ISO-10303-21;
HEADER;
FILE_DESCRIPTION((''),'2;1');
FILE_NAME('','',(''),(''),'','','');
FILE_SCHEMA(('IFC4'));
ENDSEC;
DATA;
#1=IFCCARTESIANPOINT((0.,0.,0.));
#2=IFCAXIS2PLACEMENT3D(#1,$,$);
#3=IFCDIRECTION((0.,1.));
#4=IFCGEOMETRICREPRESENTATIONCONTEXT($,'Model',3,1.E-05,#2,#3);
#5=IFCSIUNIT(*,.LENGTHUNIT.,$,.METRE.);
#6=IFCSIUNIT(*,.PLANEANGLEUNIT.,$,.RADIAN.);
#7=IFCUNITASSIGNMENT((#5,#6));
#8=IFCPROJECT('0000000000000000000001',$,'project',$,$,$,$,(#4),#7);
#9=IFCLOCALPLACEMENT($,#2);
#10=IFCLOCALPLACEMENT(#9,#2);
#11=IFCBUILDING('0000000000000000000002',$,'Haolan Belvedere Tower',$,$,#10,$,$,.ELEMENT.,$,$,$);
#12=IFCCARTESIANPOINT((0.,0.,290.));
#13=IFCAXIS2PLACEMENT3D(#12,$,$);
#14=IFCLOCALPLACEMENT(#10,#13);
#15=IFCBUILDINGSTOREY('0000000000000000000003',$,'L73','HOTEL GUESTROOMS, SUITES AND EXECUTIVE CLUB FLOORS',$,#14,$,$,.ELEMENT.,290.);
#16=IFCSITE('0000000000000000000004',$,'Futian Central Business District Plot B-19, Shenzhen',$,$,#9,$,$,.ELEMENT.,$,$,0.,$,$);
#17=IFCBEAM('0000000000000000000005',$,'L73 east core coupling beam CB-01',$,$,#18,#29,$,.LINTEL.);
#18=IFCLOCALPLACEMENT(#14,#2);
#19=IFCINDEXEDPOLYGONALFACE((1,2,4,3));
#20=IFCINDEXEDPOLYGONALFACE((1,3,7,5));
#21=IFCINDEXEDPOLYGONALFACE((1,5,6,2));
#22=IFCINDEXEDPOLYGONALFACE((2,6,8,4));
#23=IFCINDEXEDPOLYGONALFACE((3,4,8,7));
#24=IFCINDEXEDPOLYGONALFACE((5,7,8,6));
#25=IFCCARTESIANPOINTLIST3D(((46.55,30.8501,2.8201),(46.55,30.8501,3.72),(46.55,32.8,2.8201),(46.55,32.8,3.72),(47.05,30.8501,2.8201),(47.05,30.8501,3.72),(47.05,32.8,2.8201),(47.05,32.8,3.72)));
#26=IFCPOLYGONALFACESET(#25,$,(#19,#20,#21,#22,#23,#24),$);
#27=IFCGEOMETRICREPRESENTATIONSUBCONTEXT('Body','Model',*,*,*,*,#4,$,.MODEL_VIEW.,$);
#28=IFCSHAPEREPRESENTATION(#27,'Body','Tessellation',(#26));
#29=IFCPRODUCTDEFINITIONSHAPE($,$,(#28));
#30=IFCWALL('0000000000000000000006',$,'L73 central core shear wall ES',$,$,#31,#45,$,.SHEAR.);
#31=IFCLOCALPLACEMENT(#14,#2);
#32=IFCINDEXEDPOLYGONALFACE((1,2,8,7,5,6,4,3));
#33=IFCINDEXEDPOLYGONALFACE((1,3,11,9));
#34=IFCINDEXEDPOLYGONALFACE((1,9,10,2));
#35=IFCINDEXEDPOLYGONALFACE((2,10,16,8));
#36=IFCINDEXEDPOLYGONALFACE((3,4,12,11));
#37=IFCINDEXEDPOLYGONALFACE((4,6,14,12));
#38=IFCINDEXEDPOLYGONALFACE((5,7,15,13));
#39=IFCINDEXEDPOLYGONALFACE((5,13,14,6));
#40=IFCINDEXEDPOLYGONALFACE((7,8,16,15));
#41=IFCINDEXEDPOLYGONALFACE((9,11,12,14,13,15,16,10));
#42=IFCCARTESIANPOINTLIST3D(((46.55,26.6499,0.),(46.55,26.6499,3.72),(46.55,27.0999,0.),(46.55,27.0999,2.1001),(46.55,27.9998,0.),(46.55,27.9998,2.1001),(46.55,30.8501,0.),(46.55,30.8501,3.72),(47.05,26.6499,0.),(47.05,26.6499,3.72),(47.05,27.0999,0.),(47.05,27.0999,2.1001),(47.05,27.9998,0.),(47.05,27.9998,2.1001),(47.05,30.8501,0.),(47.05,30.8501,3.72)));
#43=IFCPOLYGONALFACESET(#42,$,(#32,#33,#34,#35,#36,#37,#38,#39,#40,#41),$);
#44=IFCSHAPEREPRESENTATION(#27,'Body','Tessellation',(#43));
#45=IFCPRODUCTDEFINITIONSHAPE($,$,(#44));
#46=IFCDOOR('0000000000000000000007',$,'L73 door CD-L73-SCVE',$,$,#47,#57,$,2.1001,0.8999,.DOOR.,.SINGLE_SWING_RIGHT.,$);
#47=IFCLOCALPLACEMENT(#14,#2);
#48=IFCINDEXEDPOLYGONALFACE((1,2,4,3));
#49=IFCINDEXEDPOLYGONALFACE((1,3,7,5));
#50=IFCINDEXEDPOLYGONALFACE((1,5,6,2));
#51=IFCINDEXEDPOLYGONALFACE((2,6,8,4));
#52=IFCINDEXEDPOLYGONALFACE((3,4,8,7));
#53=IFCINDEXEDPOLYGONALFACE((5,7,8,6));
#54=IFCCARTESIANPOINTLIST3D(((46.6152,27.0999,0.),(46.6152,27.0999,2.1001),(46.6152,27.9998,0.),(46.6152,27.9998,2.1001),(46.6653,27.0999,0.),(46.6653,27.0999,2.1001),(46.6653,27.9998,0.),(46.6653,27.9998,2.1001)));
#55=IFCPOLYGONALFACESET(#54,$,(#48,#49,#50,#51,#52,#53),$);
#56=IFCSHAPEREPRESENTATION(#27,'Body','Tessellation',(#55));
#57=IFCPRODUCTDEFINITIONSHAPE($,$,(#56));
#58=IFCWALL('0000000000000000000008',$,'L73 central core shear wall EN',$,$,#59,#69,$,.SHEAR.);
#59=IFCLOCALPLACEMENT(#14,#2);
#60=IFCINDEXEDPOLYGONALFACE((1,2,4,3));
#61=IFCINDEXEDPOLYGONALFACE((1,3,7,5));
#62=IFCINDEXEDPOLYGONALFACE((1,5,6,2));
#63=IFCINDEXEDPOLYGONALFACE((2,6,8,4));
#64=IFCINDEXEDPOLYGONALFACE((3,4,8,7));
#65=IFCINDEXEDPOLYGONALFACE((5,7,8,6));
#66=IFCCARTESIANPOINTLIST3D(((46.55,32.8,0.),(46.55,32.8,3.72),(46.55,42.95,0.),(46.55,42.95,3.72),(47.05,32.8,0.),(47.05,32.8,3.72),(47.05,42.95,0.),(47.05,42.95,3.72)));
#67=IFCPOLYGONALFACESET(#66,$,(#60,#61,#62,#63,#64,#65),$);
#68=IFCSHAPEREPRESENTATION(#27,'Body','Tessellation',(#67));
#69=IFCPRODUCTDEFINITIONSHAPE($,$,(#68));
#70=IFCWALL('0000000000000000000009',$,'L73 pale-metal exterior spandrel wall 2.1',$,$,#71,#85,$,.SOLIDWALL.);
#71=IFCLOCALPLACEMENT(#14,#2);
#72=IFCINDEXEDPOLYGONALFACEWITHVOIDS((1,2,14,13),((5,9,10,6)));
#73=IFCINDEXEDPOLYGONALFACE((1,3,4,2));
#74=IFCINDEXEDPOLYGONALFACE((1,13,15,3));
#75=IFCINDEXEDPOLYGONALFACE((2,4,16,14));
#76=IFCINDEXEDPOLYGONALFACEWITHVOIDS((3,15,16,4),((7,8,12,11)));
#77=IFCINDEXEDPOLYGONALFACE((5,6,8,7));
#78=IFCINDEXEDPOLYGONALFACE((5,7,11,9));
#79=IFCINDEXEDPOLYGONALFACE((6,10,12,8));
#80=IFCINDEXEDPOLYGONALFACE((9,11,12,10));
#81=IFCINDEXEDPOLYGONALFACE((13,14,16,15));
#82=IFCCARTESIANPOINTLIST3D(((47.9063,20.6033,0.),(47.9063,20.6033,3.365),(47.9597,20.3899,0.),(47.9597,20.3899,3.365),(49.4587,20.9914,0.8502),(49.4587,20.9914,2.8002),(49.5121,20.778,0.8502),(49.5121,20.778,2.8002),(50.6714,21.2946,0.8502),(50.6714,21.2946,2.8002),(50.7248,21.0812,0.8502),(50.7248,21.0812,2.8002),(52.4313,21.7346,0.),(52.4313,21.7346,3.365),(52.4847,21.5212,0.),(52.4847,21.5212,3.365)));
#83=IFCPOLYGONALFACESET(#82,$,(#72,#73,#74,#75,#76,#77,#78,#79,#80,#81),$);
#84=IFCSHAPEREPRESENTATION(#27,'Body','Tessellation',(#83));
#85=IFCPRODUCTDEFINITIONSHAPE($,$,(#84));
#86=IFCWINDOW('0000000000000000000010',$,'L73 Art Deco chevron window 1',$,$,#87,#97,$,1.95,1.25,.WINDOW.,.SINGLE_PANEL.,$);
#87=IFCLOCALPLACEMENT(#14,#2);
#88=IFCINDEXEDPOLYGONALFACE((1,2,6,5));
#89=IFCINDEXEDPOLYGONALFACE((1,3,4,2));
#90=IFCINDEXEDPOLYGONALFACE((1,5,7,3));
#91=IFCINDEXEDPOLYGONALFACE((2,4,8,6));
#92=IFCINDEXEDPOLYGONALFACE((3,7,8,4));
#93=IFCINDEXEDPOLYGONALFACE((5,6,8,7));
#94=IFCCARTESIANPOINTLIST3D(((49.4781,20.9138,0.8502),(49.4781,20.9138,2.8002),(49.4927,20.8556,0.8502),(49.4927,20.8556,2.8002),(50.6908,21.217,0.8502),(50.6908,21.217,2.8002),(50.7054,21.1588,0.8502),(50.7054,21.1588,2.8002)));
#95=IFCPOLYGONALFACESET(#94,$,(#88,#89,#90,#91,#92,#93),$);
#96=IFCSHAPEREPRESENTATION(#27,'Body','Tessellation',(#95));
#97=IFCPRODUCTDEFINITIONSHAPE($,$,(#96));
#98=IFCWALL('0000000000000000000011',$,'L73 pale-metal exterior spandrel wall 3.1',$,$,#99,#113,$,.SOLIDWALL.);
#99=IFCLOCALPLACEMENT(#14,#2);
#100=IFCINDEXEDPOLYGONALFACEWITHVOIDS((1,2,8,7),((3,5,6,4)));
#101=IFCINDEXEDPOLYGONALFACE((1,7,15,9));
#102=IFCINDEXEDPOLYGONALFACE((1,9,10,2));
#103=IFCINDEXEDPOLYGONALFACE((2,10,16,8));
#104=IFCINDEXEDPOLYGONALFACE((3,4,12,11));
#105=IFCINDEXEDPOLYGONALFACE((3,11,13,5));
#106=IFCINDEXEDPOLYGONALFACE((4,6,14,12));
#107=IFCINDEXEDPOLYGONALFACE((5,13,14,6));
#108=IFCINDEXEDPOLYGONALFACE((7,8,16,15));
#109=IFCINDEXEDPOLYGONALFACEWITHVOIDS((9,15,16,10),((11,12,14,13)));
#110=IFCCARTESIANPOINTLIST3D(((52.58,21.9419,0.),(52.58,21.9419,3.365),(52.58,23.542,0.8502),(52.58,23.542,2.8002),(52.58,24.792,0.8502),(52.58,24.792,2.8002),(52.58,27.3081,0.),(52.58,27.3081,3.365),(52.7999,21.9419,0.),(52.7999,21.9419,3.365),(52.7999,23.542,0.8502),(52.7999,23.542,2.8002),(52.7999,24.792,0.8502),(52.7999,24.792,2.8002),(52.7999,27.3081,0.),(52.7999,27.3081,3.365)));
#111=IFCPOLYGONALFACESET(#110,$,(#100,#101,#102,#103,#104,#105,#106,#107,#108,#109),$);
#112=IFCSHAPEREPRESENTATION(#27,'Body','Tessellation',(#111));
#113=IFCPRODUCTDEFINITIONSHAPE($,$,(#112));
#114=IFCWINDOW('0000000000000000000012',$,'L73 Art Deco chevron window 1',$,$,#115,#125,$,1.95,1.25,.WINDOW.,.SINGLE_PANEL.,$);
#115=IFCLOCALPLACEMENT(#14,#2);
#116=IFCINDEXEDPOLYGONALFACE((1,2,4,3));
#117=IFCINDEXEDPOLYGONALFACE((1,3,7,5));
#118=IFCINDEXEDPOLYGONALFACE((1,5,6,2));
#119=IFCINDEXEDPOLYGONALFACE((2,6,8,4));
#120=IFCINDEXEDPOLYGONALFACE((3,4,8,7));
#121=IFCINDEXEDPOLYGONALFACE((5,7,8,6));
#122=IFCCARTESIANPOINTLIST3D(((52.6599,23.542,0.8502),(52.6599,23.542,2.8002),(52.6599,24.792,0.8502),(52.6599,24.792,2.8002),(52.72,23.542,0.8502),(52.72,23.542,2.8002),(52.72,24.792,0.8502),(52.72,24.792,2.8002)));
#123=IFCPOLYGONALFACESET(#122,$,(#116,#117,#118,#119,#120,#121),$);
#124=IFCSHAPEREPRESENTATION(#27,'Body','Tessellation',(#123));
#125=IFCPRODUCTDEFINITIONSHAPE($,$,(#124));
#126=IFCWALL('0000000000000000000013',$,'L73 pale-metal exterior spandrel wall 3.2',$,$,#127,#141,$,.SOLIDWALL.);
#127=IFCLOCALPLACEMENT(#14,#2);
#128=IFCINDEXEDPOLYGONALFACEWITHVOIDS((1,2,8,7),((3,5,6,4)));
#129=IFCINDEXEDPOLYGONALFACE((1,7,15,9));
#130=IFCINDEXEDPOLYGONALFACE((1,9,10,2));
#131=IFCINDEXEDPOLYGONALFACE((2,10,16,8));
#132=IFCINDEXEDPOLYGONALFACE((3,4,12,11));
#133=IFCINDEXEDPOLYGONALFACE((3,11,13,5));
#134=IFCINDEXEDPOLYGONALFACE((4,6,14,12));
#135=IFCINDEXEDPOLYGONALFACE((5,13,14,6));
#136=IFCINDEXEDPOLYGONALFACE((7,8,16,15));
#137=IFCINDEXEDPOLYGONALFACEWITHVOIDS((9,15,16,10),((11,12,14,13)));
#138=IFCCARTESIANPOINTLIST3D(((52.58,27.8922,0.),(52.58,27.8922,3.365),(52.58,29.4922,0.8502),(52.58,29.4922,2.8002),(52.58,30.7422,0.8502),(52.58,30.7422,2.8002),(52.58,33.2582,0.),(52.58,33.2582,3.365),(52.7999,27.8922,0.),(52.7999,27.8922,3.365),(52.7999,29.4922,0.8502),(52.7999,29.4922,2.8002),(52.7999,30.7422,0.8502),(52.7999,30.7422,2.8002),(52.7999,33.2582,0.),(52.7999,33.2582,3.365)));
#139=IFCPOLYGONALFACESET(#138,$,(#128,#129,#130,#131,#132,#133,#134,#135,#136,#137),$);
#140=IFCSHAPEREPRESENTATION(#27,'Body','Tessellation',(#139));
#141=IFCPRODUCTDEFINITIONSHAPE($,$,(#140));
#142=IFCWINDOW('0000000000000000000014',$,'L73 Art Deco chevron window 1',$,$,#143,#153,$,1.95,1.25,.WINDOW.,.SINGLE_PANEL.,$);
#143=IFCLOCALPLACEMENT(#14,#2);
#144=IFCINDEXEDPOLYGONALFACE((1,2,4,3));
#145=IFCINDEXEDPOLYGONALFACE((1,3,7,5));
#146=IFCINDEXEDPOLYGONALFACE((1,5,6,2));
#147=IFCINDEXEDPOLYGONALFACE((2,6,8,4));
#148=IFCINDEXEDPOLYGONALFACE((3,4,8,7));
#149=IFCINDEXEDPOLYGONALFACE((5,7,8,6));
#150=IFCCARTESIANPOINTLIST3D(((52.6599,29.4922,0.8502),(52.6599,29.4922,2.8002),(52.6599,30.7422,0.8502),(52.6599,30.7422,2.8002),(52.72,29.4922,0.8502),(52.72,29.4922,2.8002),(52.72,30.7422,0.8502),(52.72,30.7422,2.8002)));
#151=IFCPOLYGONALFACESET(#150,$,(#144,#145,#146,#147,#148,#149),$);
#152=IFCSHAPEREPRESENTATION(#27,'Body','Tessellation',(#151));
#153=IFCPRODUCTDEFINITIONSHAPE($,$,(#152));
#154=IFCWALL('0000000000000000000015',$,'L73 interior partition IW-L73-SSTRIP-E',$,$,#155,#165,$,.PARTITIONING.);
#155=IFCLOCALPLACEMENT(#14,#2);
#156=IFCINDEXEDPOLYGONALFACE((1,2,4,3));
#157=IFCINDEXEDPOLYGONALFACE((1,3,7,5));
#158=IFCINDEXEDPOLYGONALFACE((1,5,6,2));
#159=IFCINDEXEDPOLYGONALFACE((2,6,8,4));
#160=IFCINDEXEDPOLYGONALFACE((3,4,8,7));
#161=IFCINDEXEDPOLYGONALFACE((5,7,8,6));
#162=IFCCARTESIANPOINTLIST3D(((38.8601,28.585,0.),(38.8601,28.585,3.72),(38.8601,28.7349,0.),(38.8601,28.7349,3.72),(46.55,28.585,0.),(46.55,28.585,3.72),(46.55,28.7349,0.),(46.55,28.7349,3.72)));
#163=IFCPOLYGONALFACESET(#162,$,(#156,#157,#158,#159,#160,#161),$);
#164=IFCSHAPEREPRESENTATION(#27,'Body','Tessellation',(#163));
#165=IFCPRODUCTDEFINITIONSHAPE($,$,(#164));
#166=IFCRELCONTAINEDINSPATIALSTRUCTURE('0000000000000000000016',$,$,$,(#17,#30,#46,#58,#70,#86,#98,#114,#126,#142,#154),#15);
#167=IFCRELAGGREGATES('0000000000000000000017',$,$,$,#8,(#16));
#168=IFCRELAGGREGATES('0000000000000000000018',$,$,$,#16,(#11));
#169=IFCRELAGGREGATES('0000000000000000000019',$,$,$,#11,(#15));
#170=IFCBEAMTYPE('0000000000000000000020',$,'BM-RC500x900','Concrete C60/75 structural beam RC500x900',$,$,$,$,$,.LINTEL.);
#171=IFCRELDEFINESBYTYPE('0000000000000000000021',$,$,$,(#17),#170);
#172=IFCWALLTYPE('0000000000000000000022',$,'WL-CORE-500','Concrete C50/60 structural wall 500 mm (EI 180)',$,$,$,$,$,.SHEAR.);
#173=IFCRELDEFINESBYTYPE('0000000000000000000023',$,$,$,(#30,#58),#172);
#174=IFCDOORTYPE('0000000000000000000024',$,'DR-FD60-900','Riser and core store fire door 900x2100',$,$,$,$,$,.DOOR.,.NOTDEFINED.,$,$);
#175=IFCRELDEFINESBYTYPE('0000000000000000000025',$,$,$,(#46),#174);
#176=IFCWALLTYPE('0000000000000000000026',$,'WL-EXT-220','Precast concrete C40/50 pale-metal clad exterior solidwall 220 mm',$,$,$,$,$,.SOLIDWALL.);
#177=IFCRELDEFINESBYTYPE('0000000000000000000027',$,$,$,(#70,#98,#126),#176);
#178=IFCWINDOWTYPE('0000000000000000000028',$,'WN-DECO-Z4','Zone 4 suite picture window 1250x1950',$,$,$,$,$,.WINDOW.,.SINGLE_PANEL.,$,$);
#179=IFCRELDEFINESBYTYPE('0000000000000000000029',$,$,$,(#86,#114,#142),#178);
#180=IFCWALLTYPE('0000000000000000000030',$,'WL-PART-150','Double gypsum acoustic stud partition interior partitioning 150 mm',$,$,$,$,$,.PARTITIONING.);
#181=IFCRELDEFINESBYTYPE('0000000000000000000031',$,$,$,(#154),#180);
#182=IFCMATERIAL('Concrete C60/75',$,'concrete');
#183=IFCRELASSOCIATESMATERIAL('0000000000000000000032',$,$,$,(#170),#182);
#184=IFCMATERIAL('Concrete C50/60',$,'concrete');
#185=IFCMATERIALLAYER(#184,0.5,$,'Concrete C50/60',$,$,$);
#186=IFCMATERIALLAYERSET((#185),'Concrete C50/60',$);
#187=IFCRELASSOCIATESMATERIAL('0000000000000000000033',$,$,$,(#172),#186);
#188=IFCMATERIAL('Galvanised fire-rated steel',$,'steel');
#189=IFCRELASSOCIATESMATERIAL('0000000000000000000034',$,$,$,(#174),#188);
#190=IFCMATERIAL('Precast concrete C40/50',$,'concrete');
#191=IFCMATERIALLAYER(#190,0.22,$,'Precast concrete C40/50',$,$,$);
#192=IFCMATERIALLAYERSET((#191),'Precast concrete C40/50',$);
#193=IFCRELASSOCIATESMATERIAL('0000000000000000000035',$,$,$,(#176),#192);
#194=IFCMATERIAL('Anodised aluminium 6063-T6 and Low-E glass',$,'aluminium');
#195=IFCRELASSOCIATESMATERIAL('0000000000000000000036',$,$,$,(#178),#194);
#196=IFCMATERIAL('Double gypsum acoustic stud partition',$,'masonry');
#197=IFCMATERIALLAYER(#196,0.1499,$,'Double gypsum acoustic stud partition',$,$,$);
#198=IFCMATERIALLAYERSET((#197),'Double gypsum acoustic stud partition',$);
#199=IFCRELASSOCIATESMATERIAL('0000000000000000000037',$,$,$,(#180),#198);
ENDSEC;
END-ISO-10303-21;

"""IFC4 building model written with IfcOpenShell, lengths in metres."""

from ifc_helpers import new_model, si_unit, direction, frame, frame_2d, origin, origin_2d, place, context, subcontext, project, spatial, rectangle, extrude, material, layer, layer_set, material_profile, profile_set, type_object, element, fill, save


model = new_model("IFC4")

# Units and contexts
model_context = context("Model", 3, precision=1e-05, world=origin(), true_north=direction((0.0, 1.0)))
body_context = subcontext(model_context, "Body", "Model", "MODEL_VIEW")
ifc_project = project(units=[si_unit("LENGTHUNIT", "METRE"), si_unit("PLANEANGLEUNIT", "RADIAN")], contexts=[model_context])

# Site, building, storey
site_placement = place(None, origin())
site = spatial("IfcSite", under=ifc_project, at=site_placement, Name="Futian Central Business District Plot B-19, Shenzhen", CompositionType="ELEMENT", RefElevation=0.0)
building_placement = place(site_placement, origin())
building = spatial("IfcBuilding", under=site, at=building_placement, Name="Haolan Belvedere Tower", CompositionType="ELEMENT")
storey_placement = place(building_placement, frame((0.0, 0.0, 290.0)))
storey = spatial("IfcBuildingStorey", under=building, at=storey_placement, Name="L73", Description="HOTEL GUESTROOMS, SUITES AND EXECUTIVE CLUB FLOORS", CompositionType="ELEMENT", Elevation=290.0)

# Beam
ifc_material_1 = material(Name="Concrete C60/75", Category="concrete")
ifc_material_profile_1 = material_profile(ifc_material_1, rectangle(XDim=0.5, YDim=0.8999, at=origin_2d()), Name="Concrete C60/75")
ifc_profile_set_1 = profile_set([ifc_material_profile_1], Name="Concrete C60/75")
beam_type_1 = type_object("IfcBeamType", Name="BM-RC500x900", Description="Concrete C60/75 structural beam RC500x900", PredefinedType="LINTEL", material=ifc_profile_set_1)
beam_1_placement = place(storey_placement, frame((46.8, 30.8501, 3.27), z_axis=(0.0, 1.0, 0.0), x_axis=(-1.0, 0.0, 0.0)))
element("IfcBeam", 1, at=beam_1_placement, inside=storey, type_object=beam_type_1, Name="L73 east core coupling beam CB-01", PredefinedType="LINTEL", context=body_context, shape_type="SweptSolid", body=[
    extrude(rectangle(XDim=0.5, YDim=0.8999, at=origin_2d()), origin(), (0.0, 0.0, 1.0), 1.95),
])

# Wall, opening, door
ifc_material_2 = material(Name="Concrete C50/60", Category="concrete")
ifc_layer_1 = layer(ifc_material_2, 0.5, Name="Concrete C50/60")
ifc_layer_set_1 = layer_set([ifc_layer_1], Name="Concrete C50/60")
wall_type_1 = type_object("IfcWallType", Name="WL-CORE-500", Description="Concrete C50/60 structural wall 500 mm (EI 180)", PredefinedType="SHEAR", material=ifc_layer_set_1)
wall_1_placement = place(storey_placement, frame((46.8, 26.6499, 0.0), z_axis=(0.0, 0.0, 1.0), x_axis=(0.0, 1.0, 0.0)))
wall_1 = element("IfcWall", 2, at=wall_1_placement, inside=storey, type_object=wall_type_1, Name="L73 central core shear wall ES", PredefinedType="SHEAR", context=body_context, shape_type="SweptSolid", body=[
    extrude(rectangle(XDim=4.2002, YDim=0.5, at=frame_2d((2.1001, 0.0))), origin(), (0.0, 0.0, 1.0), 3.72),
])
opening_1_placement = place(wall_1_placement, frame((1.3499, 0.0, 0.0), z_axis=(0.0, 0.0, 1.0), x_axis=(-1.0, 0.0, 0.0)))
opening_1 = element("IfcOpeningElement", 3, at=opening_1_placement, cuts=wall_1, PredefinedType="OPENING", context=body_context, shape_type="SweptSolid", body=[
    extrude(rectangle(XDim=0.8999, YDim=2.1001, at=frame_2d((0.45, 1.05))), frame((0.0, 0.26, 0.0), z_axis=(0.0, -1.0, 0.0), x_axis=(1.0, 0.0, 0.0)), (0.0, 0.0, 1.0), 0.52),
])
ifc_material_3 = material(Name="Galvanised fire-rated steel", Category="steel")
door_type_1 = type_object("IfcDoorType", Name="DR-FD60-900", Description="Riser and core store fire door 900x2100", OperationType="NOTDEFINED", PredefinedType="DOOR", material=ifc_material_3)
door_1_placement = place(opening_1_placement, origin())
door_1 = element("IfcDoor", 4, at=door_1_placement, inside=storey, type_object=door_type_1, Name="L73 door CD-L73-SCVE", OperationType="SINGLE_SWING_RIGHT", OverallHeight=2.1001, OverallWidth=0.8999, PredefinedType="DOOR", context=body_context, shape_type="SweptSolid", body=[
    extrude(rectangle(XDim=0.8999, YDim=2.1001, at=frame_2d((0.45, 1.05))), frame((0.0, -0.1348, 0.0), z_axis=(0.0, -1.0, 0.0), x_axis=(1.0, 0.0, 0.0)), (0.0, 0.0, 1.0), 0.05),
])
fill(opening_1, door_1)

# Wall
wall_2_placement = place(storey_placement, frame((46.8, 32.8, 0.0), z_axis=(0.0, 0.0, 1.0), x_axis=(0.0, 1.0, 0.0)))
element("IfcWall", 5, at=wall_2_placement, inside=storey, type_object=wall_type_1, Name="L73 central core shear wall EN", PredefinedType="SHEAR", context=body_context, shape_type="SweptSolid", body=[
    extrude(rectangle(XDim=10.1499, YDim=0.5, at=frame_2d((5.075, 0.0))), origin(), (0.0, 0.0, 1.0), 3.72),
])

# Walls, openings, windows
ifc_material_4 = material(Name="Precast concrete C40/50", Category="concrete")
ifc_layer_2 = layer(ifc_material_4, 0.22, Name="Precast concrete C40/50")
ifc_layer_set_2 = layer_set([ifc_layer_2], Name="Precast concrete C40/50")
wall_type_2 = type_object("IfcWallType", Name="WL-EXT-220", Description="Precast concrete C40/50 pale-metal clad exterior solidwall 220 mm", PredefinedType="SOLIDWALL", material=ifc_layer_set_2)
wall_3_placement = place(storey_placement, frame((47.9331, 20.4966, 0.0), z_axis=(0.0, 0.0, 1.0), x_axis=(0.970136, 0.24256, 0.0)))
wall_3 = element("IfcWall", 6, at=wall_3_placement, inside=storey, type_object=wall_type_2, Name="L73 pale-metal exterior spandrel wall 2.1", PredefinedType="SOLIDWALL", context=body_context, shape_type="SweptSolid", body=[
    extrude(rectangle(XDim=4.6643, YDim=0.22, at=frame_2d((2.332, 0.0))), origin(), (0.0, 0.0, 1.0), 3.365),
])
opening_2_placement = place(wall_3_placement, frame((1.6001, 0.0, 0.8501)))
opening_2 = element("IfcOpeningElement", 7, at=opening_2_placement, cuts=wall_3, PredefinedType="OPENING", context=body_context, shape_type="SweptSolid", body=[
    extrude(rectangle(XDim=1.25, YDim=1.95, at=frame_2d((0.625, 0.9751))), frame((0.0, 0.1199, 0.0), z_axis=(0.0, -1.0, 0.0), x_axis=(1.0, 0.0, 0.0)), (0.0, 0.0, 1.0), 0.24),
])
ifc_material_5 = material(Name="Anodised aluminium 6063-T6 and Low-E glass", Category="aluminium")
window_type = type_object("IfcWindowType", Name="WN-DECO-Z4", Description="Zone 4 suite picture window 1250x1950", PartitioningType="SINGLE_PANEL", PredefinedType="WINDOW", material=ifc_material_5)
window_1_placement = place(opening_2_placement, origin())
window_1 = element("IfcWindow", 8, at=window_1_placement, inside=storey, type_object=window_type, Name="L73 Art Deco chevron window 1", OverallHeight=1.95, OverallWidth=1.25, PartitioningType="SINGLE_PANEL", PredefinedType="WINDOW", context=body_context, shape_type="SweptSolid", body=[
    extrude(rectangle(XDim=1.25, YDim=1.95, at=frame_2d((0.625, 0.9751))), frame((0.0, 0.03, 0.0), z_axis=(0.0, -1.0, 0.0), x_axis=(1.0, 0.0, 0.0)), (0.0, 0.0, 1.0), 0.0601),
])
fill(opening_2, window_1)
wall_4_placement = place(storey_placement, frame((52.6899, 21.9419, 0.0), z_axis=(0.0, 0.0, 1.0), x_axis=(0.0, 1.0, 0.0)))
wall_4 = element("IfcWall", 9, at=wall_4_placement, inside=storey, type_object=wall_type_2, Name="L73 pale-metal exterior spandrel wall 3.1", PredefinedType="SOLIDWALL", context=body_context, shape_type="SweptSolid", body=[
    extrude(rectangle(XDim=5.3662, YDim=0.22, at=frame_2d((2.6831, 0.0))), origin(), (0.0, 0.0, 1.0), 3.365),
])
opening_3_placement = place(wall_4_placement, frame((1.6001, 0.0, 0.8501)))
opening_3 = element("IfcOpeningElement", 10, at=opening_3_placement, cuts=wall_4, PredefinedType="OPENING", context=body_context, shape_type="SweptSolid", body=[
    extrude(rectangle(XDim=1.25, YDim=1.95, at=frame_2d((0.625, 0.9751))), frame((0.0, 0.1199, 0.0), z_axis=(0.0, -1.0, 0.0), x_axis=(1.0, 0.0, 0.0)), (0.0, 0.0, 1.0), 0.24),
])
window_2_placement = place(opening_3_placement, origin())
window_2 = element("IfcWindow", 11, at=window_2_placement, inside=storey, type_object=window_type, Name="L73 Art Deco chevron window 1", OverallHeight=1.95, OverallWidth=1.25, PartitioningType="SINGLE_PANEL", PredefinedType="WINDOW", context=body_context, shape_type="SweptSolid", body=[
    extrude(rectangle(XDim=1.25, YDim=1.95, at=frame_2d((0.625, 0.9751))), frame((0.0, 0.03, 0.0), z_axis=(0.0, -1.0, 0.0), x_axis=(1.0, 0.0, 0.0)), (0.0, 0.0, 1.0), 0.0601),
])
fill(opening_3, window_2)
wall_5_placement = place(storey_placement, frame((52.6899, 27.8921, 0.0), z_axis=(0.0, 0.0, 1.0), x_axis=(0.0, 1.0, 0.0)))
wall_5 = element("IfcWall", 12, at=wall_5_placement, inside=storey, type_object=wall_type_2, Name="L73 pale-metal exterior spandrel wall 3.2", PredefinedType="SOLIDWALL", context=body_context, shape_type="SweptSolid", body=[
    extrude(rectangle(XDim=5.366, YDim=0.22, at=frame_2d((2.6831, 0.0))), origin(), (0.0, 0.0, 1.0), 3.365),
])
opening_4_placement = place(wall_5_placement, frame((1.6001, 0.0, 0.8501)))
opening_4 = element("IfcOpeningElement", 13, at=opening_4_placement, cuts=wall_5, PredefinedType="OPENING", context=body_context, shape_type="SweptSolid", body=[
    extrude(rectangle(XDim=1.25, YDim=1.95, at=frame_2d((0.625, 0.9751))), frame((0.0, 0.1199, 0.0), z_axis=(0.0, -1.0, 0.0), x_axis=(1.0, 0.0, 0.0)), (0.0, 0.0, 1.0), 0.24),
])
window_3_placement = place(opening_4_placement, origin())
window_3 = element("IfcWindow", 14, at=window_3_placement, inside=storey, type_object=window_type, Name="L73 Art Deco chevron window 1", OverallHeight=1.95, OverallWidth=1.25, PartitioningType="SINGLE_PANEL", PredefinedType="WINDOW", context=body_context, shape_type="SweptSolid", body=[
    extrude(rectangle(XDim=1.25, YDim=1.95, at=frame_2d((0.625, 0.9751))), frame((0.0, 0.03, 0.0), z_axis=(0.0, -1.0, 0.0), x_axis=(1.0, 0.0, 0.0)), (0.0, 0.0, 1.0), 0.0601),
])
fill(opening_4, window_3)

# Wall
ifc_material_6 = material(Name="Double gypsum acoustic stud partition", Category="masonry")
ifc_layer_3 = layer(ifc_material_6, 0.1499, Name="Double gypsum acoustic stud partition")
ifc_layer_set_3 = layer_set([ifc_layer_3], Name="Double gypsum acoustic stud partition")
wall_type_3 = type_object("IfcWallType", Name="WL-PART-150", Description="Double gypsum acoustic stud partition interior partitioning 150 mm", PredefinedType="PARTITIONING", material=ifc_layer_set_3)
wall_6_placement = place(storey_placement, frame((38.8601, 28.6599, 0.0), z_axis=(0.0, 0.0, 1.0), x_axis=(1.0, 0.0, 0.0)))
element("IfcWall", 15, at=wall_6_placement, inside=storey, type_object=wall_type_3, Name="L73 interior partition IW-L73-SSTRIP-E", PredefinedType="PARTITIONING", context=body_context, shape_type="SweptSolid", body=[
    extrude(rectangle(XDim=7.6899, YDim=0.1499, at=frame_2d((3.845, 0.0))), origin(), (0.0, 0.0, 1.0), 3.72),
])

save(model, "model.ifc")
